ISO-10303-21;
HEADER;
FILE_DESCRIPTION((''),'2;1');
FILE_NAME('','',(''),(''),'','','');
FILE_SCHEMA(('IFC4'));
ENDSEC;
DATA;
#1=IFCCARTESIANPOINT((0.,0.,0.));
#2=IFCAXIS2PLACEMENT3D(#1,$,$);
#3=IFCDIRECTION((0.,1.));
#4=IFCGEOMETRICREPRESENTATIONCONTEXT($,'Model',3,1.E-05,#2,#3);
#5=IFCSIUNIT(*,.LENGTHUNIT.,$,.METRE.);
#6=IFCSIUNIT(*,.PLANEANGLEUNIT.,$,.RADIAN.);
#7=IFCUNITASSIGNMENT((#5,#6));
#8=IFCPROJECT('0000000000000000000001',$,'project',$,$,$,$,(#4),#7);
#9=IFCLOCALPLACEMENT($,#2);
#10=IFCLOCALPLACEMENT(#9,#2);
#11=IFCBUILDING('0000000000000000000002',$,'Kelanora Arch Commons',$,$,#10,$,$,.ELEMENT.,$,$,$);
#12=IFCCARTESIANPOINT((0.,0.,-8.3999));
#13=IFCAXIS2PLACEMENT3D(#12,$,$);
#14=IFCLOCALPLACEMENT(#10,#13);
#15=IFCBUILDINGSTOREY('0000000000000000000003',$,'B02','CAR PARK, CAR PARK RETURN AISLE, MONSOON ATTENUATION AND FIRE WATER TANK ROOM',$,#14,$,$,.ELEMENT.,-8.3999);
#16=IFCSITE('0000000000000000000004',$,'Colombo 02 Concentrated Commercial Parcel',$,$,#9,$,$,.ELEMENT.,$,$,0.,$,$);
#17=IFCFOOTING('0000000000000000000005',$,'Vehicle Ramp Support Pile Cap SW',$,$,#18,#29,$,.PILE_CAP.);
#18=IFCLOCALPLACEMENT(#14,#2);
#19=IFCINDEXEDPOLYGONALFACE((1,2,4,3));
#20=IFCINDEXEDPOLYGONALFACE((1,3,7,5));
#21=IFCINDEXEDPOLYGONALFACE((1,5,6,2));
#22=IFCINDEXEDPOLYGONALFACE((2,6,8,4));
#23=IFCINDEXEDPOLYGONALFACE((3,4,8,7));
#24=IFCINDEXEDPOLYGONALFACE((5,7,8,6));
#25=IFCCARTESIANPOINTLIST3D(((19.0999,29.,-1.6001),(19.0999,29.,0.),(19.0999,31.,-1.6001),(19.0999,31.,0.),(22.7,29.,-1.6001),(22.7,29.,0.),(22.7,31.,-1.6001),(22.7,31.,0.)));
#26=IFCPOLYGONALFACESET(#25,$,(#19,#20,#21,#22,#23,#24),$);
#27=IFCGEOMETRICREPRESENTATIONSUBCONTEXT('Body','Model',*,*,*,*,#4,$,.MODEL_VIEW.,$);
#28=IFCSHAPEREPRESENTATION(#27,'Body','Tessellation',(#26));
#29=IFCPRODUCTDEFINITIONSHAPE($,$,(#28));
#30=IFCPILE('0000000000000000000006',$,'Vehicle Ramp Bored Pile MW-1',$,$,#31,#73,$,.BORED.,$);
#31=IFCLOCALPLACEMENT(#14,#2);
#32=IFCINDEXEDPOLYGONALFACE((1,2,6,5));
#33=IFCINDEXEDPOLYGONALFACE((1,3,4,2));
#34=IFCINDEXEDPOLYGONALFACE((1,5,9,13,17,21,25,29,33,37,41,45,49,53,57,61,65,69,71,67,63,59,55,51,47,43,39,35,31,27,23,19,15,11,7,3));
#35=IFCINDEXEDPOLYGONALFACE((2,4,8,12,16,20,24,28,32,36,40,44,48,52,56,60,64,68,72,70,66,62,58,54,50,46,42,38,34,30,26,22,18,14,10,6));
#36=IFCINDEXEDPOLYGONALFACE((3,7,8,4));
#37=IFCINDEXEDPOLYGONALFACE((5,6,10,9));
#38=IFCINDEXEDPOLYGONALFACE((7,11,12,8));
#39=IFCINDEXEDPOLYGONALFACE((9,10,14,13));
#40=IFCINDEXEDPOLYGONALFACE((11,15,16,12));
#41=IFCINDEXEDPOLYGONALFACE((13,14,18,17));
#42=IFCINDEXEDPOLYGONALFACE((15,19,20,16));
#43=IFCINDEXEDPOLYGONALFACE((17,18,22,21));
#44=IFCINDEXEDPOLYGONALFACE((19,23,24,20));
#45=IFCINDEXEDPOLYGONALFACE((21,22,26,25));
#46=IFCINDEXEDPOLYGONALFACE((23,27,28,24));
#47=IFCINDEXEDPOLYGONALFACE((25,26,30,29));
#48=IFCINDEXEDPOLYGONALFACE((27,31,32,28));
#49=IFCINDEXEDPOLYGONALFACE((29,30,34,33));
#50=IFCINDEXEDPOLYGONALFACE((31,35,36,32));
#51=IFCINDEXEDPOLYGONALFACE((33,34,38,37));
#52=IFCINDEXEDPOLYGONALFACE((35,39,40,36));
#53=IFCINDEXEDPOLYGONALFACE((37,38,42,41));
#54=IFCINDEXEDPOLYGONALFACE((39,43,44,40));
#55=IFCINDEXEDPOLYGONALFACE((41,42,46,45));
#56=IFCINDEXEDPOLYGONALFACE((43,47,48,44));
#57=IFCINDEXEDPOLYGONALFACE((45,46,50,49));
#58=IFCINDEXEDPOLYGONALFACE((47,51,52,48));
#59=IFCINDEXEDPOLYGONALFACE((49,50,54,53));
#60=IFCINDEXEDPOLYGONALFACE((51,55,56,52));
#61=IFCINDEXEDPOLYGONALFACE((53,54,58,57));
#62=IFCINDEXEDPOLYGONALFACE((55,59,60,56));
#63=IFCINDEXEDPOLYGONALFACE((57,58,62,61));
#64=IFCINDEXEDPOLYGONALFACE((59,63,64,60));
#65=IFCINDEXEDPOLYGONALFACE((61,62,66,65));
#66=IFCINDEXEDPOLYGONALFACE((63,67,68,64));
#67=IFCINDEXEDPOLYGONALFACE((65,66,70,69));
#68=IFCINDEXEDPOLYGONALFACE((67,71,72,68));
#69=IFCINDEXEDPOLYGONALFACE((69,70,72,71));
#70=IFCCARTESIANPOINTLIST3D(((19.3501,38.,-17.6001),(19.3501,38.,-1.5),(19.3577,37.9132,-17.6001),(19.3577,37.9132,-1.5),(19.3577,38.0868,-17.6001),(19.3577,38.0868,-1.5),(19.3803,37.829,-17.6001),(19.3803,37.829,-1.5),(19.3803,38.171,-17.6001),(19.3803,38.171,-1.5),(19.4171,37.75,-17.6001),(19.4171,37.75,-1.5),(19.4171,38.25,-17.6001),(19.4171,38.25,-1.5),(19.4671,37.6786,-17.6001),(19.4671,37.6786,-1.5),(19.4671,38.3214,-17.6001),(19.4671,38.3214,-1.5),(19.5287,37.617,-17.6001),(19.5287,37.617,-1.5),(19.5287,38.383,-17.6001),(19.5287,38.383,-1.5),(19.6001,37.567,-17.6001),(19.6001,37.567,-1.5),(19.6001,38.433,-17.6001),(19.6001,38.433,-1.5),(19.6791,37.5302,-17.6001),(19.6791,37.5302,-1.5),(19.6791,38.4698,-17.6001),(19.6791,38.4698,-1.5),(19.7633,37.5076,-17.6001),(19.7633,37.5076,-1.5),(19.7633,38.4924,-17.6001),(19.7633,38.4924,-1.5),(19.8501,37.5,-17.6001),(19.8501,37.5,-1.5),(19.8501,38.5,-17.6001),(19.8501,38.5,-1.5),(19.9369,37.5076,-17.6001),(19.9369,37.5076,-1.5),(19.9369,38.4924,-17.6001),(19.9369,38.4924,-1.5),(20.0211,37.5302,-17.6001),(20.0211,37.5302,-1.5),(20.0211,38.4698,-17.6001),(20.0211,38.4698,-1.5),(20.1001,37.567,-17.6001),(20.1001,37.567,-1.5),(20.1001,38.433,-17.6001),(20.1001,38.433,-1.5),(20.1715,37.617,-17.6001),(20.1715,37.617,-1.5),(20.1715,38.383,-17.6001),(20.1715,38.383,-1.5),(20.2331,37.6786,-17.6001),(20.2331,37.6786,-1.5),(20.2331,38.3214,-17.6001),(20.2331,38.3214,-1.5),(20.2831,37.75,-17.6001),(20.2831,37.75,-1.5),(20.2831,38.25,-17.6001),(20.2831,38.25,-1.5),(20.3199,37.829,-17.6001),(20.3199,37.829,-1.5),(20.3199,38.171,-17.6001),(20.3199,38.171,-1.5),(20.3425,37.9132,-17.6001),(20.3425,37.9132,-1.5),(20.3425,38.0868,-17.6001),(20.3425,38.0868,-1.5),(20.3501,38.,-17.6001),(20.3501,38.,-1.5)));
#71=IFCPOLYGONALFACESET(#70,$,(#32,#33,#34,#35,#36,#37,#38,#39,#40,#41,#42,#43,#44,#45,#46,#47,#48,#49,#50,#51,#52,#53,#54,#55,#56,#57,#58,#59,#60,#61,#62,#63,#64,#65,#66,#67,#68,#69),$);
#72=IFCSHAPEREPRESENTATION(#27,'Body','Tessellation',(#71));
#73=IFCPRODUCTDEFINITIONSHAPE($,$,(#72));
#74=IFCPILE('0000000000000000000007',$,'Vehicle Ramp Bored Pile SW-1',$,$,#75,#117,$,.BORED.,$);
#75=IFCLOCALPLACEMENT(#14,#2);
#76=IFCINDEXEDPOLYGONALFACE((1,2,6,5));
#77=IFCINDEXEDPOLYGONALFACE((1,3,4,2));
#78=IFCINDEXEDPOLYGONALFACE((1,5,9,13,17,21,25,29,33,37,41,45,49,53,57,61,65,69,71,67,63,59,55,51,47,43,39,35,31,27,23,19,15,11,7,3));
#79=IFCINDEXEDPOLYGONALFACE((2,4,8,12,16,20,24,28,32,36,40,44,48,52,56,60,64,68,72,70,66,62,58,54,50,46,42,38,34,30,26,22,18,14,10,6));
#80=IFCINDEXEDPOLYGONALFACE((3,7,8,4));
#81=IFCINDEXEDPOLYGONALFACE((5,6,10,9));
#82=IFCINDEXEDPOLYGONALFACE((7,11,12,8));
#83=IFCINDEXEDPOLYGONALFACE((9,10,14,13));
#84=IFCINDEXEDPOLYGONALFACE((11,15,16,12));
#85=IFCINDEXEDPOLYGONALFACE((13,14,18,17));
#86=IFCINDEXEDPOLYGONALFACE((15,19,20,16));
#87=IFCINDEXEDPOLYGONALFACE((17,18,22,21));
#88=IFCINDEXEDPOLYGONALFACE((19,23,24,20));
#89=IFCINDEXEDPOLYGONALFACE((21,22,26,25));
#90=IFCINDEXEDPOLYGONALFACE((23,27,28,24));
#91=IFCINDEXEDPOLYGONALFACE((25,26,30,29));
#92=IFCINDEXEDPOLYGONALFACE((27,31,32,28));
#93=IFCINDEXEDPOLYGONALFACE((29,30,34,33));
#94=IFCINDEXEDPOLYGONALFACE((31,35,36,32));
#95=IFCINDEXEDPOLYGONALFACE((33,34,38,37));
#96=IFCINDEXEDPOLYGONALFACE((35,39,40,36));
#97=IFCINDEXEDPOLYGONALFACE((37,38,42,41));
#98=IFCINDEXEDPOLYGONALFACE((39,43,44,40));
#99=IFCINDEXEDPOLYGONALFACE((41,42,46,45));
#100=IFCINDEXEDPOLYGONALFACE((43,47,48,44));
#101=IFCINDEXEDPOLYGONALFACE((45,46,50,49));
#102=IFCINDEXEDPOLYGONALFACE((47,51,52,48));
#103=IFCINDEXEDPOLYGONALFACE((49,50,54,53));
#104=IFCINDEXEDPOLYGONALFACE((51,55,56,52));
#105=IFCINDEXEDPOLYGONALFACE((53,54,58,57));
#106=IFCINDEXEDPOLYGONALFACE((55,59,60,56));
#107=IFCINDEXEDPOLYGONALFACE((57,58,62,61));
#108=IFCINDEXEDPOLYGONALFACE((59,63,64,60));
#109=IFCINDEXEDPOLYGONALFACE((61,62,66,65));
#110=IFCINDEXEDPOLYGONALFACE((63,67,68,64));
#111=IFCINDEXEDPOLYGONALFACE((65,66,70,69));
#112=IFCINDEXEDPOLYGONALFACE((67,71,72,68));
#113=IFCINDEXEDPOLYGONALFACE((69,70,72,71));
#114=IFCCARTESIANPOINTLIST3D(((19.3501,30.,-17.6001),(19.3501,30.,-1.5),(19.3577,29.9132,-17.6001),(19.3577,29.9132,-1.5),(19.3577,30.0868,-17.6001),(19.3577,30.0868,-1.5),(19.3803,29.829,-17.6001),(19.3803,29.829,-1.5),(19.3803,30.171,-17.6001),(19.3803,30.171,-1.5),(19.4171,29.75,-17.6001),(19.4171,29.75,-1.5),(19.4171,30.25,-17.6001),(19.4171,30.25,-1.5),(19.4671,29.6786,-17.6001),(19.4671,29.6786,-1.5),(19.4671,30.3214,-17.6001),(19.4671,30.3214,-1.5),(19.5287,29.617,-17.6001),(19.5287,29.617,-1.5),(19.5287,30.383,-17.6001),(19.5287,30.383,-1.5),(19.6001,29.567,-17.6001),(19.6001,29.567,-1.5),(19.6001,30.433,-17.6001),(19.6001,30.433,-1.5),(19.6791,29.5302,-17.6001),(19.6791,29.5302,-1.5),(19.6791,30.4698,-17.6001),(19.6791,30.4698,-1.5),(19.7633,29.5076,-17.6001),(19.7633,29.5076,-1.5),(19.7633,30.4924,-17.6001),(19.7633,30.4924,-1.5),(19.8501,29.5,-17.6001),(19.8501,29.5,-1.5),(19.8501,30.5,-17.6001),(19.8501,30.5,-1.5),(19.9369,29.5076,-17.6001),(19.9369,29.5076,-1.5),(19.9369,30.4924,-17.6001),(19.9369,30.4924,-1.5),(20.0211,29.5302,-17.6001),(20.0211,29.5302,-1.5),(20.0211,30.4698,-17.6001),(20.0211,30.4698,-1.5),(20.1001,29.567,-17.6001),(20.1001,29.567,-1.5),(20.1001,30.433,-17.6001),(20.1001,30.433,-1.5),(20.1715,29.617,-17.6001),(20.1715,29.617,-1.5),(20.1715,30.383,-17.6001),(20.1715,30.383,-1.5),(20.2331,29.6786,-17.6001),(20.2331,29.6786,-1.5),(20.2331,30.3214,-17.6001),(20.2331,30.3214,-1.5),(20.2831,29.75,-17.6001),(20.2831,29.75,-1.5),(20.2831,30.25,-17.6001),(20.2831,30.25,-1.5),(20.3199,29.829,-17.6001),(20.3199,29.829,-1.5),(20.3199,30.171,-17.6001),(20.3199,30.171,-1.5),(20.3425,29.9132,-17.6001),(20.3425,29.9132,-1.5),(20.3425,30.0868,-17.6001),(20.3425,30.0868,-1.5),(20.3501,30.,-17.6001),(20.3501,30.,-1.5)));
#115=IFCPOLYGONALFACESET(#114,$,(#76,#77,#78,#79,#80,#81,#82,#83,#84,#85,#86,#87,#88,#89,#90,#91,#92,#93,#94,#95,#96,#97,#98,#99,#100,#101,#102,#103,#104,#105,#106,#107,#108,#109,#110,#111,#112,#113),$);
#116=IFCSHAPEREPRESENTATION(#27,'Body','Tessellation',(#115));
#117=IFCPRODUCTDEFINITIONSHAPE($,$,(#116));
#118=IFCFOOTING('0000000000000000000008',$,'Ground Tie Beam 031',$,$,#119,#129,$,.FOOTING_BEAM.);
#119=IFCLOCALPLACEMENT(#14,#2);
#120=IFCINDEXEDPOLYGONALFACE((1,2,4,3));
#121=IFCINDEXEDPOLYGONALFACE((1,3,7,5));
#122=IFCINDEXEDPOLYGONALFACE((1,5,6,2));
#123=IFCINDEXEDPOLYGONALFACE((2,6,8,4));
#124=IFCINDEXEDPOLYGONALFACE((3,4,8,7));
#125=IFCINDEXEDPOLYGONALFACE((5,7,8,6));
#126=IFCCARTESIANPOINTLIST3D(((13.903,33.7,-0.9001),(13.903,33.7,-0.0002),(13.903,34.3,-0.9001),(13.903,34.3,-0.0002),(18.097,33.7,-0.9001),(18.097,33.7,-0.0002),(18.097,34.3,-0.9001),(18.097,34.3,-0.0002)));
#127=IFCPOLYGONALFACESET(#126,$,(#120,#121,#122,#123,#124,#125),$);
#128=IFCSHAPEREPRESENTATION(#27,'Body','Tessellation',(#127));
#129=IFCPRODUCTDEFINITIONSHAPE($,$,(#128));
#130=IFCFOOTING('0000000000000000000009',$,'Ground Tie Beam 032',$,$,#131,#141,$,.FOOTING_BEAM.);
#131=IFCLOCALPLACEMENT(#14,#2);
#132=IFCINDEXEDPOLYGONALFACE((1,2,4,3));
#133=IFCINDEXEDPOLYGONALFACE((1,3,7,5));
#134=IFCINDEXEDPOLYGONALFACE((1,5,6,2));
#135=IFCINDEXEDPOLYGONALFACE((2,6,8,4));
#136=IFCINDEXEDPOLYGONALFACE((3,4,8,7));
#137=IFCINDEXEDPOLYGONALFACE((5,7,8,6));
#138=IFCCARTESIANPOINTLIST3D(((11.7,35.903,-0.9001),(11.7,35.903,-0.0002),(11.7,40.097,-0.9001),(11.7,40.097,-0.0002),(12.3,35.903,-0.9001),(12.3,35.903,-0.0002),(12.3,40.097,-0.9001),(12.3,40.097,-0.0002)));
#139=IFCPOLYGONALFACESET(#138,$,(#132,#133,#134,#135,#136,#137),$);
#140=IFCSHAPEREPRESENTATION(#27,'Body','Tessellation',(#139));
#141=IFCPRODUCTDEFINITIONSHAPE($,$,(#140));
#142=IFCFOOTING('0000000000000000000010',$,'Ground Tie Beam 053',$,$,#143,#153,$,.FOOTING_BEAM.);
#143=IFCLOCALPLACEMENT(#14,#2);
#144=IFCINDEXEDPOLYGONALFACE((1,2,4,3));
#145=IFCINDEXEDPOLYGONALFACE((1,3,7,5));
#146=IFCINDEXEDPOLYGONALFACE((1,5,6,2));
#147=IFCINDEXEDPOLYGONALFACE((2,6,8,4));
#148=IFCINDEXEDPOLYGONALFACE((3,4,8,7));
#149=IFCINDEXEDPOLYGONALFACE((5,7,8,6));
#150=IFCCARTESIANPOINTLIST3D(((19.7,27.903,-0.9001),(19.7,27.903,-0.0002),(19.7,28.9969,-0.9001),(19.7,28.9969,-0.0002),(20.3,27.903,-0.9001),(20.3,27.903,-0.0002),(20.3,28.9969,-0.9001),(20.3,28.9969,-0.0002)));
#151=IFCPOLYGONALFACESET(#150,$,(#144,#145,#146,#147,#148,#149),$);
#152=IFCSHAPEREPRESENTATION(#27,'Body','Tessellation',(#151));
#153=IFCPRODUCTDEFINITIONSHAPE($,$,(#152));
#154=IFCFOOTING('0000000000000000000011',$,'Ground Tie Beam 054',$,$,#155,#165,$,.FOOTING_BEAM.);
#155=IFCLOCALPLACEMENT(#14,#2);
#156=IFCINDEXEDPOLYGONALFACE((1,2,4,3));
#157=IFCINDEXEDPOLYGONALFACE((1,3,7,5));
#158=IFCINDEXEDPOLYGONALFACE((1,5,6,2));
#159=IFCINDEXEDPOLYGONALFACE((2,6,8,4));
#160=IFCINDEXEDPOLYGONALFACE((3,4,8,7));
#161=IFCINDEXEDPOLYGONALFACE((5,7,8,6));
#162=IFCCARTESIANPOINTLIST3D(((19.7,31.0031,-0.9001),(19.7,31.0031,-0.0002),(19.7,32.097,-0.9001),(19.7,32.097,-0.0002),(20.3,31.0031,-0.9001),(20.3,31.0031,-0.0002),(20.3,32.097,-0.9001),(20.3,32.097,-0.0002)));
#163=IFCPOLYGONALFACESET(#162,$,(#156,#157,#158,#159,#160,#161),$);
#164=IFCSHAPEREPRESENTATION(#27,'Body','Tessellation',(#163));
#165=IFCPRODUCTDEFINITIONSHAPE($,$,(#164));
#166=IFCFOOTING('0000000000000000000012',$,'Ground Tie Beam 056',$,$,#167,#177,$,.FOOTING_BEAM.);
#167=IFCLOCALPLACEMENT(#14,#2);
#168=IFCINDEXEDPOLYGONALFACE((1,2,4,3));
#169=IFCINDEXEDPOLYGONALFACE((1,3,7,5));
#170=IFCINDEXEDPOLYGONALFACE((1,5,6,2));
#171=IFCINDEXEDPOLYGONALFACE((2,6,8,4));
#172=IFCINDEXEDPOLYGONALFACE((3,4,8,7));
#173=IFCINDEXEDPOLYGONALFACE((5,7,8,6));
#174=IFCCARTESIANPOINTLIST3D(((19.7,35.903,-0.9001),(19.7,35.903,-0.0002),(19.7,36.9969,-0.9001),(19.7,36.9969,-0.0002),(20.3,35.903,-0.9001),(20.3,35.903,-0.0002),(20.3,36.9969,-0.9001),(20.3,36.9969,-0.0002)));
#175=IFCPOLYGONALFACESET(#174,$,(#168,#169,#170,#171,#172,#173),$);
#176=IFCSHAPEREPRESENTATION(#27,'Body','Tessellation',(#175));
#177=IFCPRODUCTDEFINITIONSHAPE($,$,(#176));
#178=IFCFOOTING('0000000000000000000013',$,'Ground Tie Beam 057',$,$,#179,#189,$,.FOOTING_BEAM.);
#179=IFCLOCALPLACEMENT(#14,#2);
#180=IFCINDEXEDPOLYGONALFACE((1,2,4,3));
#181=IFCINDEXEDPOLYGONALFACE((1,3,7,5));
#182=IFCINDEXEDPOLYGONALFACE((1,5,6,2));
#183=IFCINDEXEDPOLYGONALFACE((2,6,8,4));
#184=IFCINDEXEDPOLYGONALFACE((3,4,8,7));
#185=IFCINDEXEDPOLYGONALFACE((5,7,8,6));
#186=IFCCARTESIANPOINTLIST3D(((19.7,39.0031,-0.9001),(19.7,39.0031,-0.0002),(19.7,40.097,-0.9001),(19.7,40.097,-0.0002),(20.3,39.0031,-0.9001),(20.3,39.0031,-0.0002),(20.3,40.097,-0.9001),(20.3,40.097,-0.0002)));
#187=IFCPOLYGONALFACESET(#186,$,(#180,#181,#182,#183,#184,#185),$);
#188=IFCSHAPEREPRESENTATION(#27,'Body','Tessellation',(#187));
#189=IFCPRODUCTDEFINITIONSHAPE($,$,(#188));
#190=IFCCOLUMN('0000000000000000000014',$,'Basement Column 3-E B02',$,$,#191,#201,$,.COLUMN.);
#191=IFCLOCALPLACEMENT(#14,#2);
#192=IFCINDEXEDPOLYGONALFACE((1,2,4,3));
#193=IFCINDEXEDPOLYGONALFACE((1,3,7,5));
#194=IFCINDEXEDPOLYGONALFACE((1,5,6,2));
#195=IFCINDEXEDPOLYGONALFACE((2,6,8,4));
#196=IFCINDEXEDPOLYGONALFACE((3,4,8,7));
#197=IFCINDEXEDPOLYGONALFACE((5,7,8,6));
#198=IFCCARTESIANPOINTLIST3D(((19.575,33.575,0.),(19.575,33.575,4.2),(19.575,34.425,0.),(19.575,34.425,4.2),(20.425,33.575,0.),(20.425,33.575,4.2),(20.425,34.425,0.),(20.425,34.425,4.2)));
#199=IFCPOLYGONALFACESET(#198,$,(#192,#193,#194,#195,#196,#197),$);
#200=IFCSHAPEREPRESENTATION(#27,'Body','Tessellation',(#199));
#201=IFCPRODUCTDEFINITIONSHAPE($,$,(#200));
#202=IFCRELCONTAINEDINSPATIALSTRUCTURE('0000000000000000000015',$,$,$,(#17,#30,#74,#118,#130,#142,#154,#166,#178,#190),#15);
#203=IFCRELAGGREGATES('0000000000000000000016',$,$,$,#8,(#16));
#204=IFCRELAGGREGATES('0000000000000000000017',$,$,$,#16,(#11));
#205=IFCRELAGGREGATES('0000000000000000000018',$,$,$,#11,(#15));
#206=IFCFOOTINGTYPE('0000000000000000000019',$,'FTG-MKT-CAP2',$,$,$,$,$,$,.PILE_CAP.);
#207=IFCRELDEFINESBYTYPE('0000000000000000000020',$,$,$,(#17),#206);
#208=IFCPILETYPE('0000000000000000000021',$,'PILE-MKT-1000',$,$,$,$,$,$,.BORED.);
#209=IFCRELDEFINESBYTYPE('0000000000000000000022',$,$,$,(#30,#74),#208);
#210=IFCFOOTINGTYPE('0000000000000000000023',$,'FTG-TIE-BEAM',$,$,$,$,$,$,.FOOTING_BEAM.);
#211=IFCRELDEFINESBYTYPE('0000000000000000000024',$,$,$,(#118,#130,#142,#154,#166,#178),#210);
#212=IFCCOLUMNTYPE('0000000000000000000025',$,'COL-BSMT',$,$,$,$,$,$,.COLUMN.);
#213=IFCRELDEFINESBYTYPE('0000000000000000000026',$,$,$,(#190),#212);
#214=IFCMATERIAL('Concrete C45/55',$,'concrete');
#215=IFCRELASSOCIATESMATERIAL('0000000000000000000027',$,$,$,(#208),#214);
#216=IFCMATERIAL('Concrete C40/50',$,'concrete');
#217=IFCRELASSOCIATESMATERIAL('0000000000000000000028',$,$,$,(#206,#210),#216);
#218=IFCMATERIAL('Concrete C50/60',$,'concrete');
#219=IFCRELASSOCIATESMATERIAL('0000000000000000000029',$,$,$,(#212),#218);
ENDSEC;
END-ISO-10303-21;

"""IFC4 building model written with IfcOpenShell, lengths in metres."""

from ifc_helpers import new_model, si_unit, direction, frame, origin, origin_2d, place, context, subcontext, project, spatial, rectangle, circle, extrude, source, transform, mapped, material, material_profile, profile_set, type_object, element, save


model = new_model("IFC4")

# Units and contexts
model_context = context("Model", 3, precision=1e-05, world=origin(), true_north=direction((0.0, 1.0)))
body_context = subcontext(model_context, "Body", "Model", "MODEL_VIEW")
ifc_project = project(units=[si_unit("LENGTHUNIT", "METRE"), si_unit("PLANEANGLEUNIT", "RADIAN")], contexts=[model_context])

# Site, building, storey
site_placement = place(None, origin())
site = spatial("IfcSite", under=ifc_project, at=site_placement, Name="Colombo 02 Concentrated Commercial Parcel", CompositionType="ELEMENT", RefElevation=0.0)
building_placement = place(site_placement, origin())
building = spatial("IfcBuilding", under=site, at=building_placement, Name="Kelanora Arch Commons", CompositionType="ELEMENT")
storey_placement = place(building_placement, frame((0.0, 0.0, -8.3999)))
storey = spatial("IfcBuildingStorey", under=building, at=storey_placement, Name="B02", Description="CAR PARK, CAR PARK RETURN AISLE, MONSOON ATTENUATION AND FIRE WATER TANK ROOM", CompositionType="ELEMENT", Elevation=-8.3999)

# Shared definitions
ifc_material_1 = material(Name="Concrete C40/50", Category="concrete")

# Shared definitions
ifc_material_2 = material(Name="Concrete C45/55", Category="concrete")
ifc_material_profile_1 = material_profile(ifc_material_2, circle(Radius=0.5, at=origin_2d()), Name="PILE1000")
ifc_profile_set_1 = profile_set([ifc_material_profile_1], Name="Concrete C45/55")
pile_type = type_object("IfcPileType", Name="PILE-MKT-1000", PredefinedType="BORED", material=ifc_profile_set_1)

# Footing
footing_type_1 = type_object("IfcFootingType", Name="FTG-MKT-CAP2", PredefinedType="PILE_CAP", material=ifc_material_1)
shared_shape_1 = source(origin(), body_context, "Body", "SweptSolid", [
    extrude(rectangle(XDim=3.6001, YDim=2.0, at=origin_2d()), origin(), (0.0, 0.0, 1.0), 1.6001),
])
for number, where, z_axis, x_axis, name in (
    (1, (20.8999, 30.0, -1.6001), (0.0, 0.0, 1.0), (1.0, 0.0, 0.0), "Vehicle Ramp Support Pile Cap SW"),
):
    element("IfcFooting", number, at=place(storey_placement, frame(where, z_axis=z_axis, x_axis=x_axis)), inside=storey, type_object=footing_type_1, Name=name, PredefinedType="PILE_CAP", context=body_context, shape_type="MappedRepresentation", body=[
        mapped(shared_shape_1, transform((0.0, 0.0, 0.0), scale=1.0)),
    ])

# Piles
shared_shape_2 = source(origin(), body_context, "Body", "SweptSolid", [
    extrude(circle(Radius=0.5, at=origin_2d()), origin(), (0.0, 0.0, 1.0), 16.1001),
])
for number, where, z_axis, x_axis, name in (
    (2, (19.8501, 38.0, -1.5), (0.0, 0.0, -1.0), (1.0, 0.0, 0.0), "Vehicle Ramp Bored Pile MW-1"),
    (3, (19.8501, 30.0, -1.5), (0.0, 0.0, -1.0), (1.0, 0.0, 0.0), "Vehicle Ramp Bored Pile SW-1"),
):
    element("IfcPile", number, at=place(storey_placement, frame(where, z_axis=z_axis, x_axis=x_axis)), inside=storey, type_object=pile_type, Name=name, PredefinedType="BORED", context=body_context, shape_type="MappedRepresentation", body=[
        mapped(shared_shape_2, transform((0.0, 0.0, 0.0), scale=1.0)),
    ])

# Footings
footing_type_2 = type_object("IfcFootingType", Name="FTG-TIE-BEAM", PredefinedType="FOOTING_BEAM", material=ifc_material_1)
shared_shape_3 = source(origin(), body_context, "Body", "SweptSolid", [
    extrude(rectangle(XDim=4.1941, YDim=0.6001, at=origin_2d()), origin(), (0.0, 0.0, 1.0), 0.8999),
])
for number, where, z_axis, x_axis, name in (
    (4, (16.0, 34.0, -0.9001), (0.0, 0.0, 1.0), (1.0, 0.0, 0.0), "Ground Tie Beam 031"),
    (5, (12.0, 38.0, -0.9001), (0.0, 0.0, 1.0), (0.0, 1.0, 0.0), "Ground Tie Beam 032"),
):
    element("IfcFooting", number, at=place(storey_placement, frame(where, z_axis=z_axis, x_axis=x_axis)), inside=storey, type_object=footing_type_2, Name=name, PredefinedType="FOOTING_BEAM", context=body_context, shape_type="MappedRepresentation", body=[
        mapped(shared_shape_3, transform((0.0, 0.0, 0.0), scale=1.0)),
    ])
shared_shape_4 = source(origin(), body_context, "Body", "SweptSolid", [
    extrude(rectangle(XDim=1.094, YDim=0.6001, at=origin_2d()), origin(), (0.0, 0.0, 1.0), 0.8999),
])
for number, where, z_axis, x_axis, name in (
    (6, (20.0, 28.45, -0.9001), (0.0, 0.0, 1.0), (0.0, 1.0, 0.0), "Ground Tie Beam 053"),
    (7, (20.0, 31.55, -0.9001), (0.0, 0.0, 1.0), (0.0, 1.0, 0.0), "Ground Tie Beam 054"),
    (8, (20.0, 36.45, -0.9001), (0.0, 0.0, 1.0), (0.0, 1.0, 0.0), "Ground Tie Beam 056"),
    (9, (20.0, 39.55, -0.9001), (0.0, 0.0, 1.0), (0.0, 1.0, 0.0), "Ground Tie Beam 057"),
):
    element("IfcFooting", number, at=place(storey_placement, frame(where, z_axis=z_axis, x_axis=x_axis)), inside=storey, type_object=footing_type_2, Name=name, PredefinedType="FOOTING_BEAM", context=body_context, shape_type="MappedRepresentation", body=[
        mapped(shared_shape_4, transform((0.0, 0.0, 0.0), scale=1.0)),
    ])

# Column
ifc_material_3 = material(Name="Concrete C50/60", Category="concrete")
ifc_material_profile_2 = material_profile(ifc_material_3, rectangle(XDim=0.8501, YDim=0.8501, at=origin_2d()), Name="RC850x850")
ifc_profile_set_2 = profile_set([ifc_material_profile_2], Name="Concrete C50/60")
column_type = type_object("IfcColumnType", Name="COL-BSMT", PredefinedType="COLUMN", material=ifc_profile_set_2)
for number, where, z_axis, x_axis, name in (
    (10, (20.0, 34.0, 0.0), (0.0, 0.0, 1.0), (1.0, 0.0, 0.0), "Basement Column 3-E B02"),
):
    element("IfcColumn", number, at=place(storey_placement, frame(where, z_axis=z_axis, x_axis=x_axis)), inside=storey, type_object=column_type, Name=name, PredefinedType="COLUMN", context=body_context, shape_type="SweptSolid", body=[
        extrude(rectangle(XDim=0.8501, YDim=0.8501, at=origin_2d()), origin(), (0.0, 0.0, 1.0), 4.2),
    ])

save(model, "model.ifc")
